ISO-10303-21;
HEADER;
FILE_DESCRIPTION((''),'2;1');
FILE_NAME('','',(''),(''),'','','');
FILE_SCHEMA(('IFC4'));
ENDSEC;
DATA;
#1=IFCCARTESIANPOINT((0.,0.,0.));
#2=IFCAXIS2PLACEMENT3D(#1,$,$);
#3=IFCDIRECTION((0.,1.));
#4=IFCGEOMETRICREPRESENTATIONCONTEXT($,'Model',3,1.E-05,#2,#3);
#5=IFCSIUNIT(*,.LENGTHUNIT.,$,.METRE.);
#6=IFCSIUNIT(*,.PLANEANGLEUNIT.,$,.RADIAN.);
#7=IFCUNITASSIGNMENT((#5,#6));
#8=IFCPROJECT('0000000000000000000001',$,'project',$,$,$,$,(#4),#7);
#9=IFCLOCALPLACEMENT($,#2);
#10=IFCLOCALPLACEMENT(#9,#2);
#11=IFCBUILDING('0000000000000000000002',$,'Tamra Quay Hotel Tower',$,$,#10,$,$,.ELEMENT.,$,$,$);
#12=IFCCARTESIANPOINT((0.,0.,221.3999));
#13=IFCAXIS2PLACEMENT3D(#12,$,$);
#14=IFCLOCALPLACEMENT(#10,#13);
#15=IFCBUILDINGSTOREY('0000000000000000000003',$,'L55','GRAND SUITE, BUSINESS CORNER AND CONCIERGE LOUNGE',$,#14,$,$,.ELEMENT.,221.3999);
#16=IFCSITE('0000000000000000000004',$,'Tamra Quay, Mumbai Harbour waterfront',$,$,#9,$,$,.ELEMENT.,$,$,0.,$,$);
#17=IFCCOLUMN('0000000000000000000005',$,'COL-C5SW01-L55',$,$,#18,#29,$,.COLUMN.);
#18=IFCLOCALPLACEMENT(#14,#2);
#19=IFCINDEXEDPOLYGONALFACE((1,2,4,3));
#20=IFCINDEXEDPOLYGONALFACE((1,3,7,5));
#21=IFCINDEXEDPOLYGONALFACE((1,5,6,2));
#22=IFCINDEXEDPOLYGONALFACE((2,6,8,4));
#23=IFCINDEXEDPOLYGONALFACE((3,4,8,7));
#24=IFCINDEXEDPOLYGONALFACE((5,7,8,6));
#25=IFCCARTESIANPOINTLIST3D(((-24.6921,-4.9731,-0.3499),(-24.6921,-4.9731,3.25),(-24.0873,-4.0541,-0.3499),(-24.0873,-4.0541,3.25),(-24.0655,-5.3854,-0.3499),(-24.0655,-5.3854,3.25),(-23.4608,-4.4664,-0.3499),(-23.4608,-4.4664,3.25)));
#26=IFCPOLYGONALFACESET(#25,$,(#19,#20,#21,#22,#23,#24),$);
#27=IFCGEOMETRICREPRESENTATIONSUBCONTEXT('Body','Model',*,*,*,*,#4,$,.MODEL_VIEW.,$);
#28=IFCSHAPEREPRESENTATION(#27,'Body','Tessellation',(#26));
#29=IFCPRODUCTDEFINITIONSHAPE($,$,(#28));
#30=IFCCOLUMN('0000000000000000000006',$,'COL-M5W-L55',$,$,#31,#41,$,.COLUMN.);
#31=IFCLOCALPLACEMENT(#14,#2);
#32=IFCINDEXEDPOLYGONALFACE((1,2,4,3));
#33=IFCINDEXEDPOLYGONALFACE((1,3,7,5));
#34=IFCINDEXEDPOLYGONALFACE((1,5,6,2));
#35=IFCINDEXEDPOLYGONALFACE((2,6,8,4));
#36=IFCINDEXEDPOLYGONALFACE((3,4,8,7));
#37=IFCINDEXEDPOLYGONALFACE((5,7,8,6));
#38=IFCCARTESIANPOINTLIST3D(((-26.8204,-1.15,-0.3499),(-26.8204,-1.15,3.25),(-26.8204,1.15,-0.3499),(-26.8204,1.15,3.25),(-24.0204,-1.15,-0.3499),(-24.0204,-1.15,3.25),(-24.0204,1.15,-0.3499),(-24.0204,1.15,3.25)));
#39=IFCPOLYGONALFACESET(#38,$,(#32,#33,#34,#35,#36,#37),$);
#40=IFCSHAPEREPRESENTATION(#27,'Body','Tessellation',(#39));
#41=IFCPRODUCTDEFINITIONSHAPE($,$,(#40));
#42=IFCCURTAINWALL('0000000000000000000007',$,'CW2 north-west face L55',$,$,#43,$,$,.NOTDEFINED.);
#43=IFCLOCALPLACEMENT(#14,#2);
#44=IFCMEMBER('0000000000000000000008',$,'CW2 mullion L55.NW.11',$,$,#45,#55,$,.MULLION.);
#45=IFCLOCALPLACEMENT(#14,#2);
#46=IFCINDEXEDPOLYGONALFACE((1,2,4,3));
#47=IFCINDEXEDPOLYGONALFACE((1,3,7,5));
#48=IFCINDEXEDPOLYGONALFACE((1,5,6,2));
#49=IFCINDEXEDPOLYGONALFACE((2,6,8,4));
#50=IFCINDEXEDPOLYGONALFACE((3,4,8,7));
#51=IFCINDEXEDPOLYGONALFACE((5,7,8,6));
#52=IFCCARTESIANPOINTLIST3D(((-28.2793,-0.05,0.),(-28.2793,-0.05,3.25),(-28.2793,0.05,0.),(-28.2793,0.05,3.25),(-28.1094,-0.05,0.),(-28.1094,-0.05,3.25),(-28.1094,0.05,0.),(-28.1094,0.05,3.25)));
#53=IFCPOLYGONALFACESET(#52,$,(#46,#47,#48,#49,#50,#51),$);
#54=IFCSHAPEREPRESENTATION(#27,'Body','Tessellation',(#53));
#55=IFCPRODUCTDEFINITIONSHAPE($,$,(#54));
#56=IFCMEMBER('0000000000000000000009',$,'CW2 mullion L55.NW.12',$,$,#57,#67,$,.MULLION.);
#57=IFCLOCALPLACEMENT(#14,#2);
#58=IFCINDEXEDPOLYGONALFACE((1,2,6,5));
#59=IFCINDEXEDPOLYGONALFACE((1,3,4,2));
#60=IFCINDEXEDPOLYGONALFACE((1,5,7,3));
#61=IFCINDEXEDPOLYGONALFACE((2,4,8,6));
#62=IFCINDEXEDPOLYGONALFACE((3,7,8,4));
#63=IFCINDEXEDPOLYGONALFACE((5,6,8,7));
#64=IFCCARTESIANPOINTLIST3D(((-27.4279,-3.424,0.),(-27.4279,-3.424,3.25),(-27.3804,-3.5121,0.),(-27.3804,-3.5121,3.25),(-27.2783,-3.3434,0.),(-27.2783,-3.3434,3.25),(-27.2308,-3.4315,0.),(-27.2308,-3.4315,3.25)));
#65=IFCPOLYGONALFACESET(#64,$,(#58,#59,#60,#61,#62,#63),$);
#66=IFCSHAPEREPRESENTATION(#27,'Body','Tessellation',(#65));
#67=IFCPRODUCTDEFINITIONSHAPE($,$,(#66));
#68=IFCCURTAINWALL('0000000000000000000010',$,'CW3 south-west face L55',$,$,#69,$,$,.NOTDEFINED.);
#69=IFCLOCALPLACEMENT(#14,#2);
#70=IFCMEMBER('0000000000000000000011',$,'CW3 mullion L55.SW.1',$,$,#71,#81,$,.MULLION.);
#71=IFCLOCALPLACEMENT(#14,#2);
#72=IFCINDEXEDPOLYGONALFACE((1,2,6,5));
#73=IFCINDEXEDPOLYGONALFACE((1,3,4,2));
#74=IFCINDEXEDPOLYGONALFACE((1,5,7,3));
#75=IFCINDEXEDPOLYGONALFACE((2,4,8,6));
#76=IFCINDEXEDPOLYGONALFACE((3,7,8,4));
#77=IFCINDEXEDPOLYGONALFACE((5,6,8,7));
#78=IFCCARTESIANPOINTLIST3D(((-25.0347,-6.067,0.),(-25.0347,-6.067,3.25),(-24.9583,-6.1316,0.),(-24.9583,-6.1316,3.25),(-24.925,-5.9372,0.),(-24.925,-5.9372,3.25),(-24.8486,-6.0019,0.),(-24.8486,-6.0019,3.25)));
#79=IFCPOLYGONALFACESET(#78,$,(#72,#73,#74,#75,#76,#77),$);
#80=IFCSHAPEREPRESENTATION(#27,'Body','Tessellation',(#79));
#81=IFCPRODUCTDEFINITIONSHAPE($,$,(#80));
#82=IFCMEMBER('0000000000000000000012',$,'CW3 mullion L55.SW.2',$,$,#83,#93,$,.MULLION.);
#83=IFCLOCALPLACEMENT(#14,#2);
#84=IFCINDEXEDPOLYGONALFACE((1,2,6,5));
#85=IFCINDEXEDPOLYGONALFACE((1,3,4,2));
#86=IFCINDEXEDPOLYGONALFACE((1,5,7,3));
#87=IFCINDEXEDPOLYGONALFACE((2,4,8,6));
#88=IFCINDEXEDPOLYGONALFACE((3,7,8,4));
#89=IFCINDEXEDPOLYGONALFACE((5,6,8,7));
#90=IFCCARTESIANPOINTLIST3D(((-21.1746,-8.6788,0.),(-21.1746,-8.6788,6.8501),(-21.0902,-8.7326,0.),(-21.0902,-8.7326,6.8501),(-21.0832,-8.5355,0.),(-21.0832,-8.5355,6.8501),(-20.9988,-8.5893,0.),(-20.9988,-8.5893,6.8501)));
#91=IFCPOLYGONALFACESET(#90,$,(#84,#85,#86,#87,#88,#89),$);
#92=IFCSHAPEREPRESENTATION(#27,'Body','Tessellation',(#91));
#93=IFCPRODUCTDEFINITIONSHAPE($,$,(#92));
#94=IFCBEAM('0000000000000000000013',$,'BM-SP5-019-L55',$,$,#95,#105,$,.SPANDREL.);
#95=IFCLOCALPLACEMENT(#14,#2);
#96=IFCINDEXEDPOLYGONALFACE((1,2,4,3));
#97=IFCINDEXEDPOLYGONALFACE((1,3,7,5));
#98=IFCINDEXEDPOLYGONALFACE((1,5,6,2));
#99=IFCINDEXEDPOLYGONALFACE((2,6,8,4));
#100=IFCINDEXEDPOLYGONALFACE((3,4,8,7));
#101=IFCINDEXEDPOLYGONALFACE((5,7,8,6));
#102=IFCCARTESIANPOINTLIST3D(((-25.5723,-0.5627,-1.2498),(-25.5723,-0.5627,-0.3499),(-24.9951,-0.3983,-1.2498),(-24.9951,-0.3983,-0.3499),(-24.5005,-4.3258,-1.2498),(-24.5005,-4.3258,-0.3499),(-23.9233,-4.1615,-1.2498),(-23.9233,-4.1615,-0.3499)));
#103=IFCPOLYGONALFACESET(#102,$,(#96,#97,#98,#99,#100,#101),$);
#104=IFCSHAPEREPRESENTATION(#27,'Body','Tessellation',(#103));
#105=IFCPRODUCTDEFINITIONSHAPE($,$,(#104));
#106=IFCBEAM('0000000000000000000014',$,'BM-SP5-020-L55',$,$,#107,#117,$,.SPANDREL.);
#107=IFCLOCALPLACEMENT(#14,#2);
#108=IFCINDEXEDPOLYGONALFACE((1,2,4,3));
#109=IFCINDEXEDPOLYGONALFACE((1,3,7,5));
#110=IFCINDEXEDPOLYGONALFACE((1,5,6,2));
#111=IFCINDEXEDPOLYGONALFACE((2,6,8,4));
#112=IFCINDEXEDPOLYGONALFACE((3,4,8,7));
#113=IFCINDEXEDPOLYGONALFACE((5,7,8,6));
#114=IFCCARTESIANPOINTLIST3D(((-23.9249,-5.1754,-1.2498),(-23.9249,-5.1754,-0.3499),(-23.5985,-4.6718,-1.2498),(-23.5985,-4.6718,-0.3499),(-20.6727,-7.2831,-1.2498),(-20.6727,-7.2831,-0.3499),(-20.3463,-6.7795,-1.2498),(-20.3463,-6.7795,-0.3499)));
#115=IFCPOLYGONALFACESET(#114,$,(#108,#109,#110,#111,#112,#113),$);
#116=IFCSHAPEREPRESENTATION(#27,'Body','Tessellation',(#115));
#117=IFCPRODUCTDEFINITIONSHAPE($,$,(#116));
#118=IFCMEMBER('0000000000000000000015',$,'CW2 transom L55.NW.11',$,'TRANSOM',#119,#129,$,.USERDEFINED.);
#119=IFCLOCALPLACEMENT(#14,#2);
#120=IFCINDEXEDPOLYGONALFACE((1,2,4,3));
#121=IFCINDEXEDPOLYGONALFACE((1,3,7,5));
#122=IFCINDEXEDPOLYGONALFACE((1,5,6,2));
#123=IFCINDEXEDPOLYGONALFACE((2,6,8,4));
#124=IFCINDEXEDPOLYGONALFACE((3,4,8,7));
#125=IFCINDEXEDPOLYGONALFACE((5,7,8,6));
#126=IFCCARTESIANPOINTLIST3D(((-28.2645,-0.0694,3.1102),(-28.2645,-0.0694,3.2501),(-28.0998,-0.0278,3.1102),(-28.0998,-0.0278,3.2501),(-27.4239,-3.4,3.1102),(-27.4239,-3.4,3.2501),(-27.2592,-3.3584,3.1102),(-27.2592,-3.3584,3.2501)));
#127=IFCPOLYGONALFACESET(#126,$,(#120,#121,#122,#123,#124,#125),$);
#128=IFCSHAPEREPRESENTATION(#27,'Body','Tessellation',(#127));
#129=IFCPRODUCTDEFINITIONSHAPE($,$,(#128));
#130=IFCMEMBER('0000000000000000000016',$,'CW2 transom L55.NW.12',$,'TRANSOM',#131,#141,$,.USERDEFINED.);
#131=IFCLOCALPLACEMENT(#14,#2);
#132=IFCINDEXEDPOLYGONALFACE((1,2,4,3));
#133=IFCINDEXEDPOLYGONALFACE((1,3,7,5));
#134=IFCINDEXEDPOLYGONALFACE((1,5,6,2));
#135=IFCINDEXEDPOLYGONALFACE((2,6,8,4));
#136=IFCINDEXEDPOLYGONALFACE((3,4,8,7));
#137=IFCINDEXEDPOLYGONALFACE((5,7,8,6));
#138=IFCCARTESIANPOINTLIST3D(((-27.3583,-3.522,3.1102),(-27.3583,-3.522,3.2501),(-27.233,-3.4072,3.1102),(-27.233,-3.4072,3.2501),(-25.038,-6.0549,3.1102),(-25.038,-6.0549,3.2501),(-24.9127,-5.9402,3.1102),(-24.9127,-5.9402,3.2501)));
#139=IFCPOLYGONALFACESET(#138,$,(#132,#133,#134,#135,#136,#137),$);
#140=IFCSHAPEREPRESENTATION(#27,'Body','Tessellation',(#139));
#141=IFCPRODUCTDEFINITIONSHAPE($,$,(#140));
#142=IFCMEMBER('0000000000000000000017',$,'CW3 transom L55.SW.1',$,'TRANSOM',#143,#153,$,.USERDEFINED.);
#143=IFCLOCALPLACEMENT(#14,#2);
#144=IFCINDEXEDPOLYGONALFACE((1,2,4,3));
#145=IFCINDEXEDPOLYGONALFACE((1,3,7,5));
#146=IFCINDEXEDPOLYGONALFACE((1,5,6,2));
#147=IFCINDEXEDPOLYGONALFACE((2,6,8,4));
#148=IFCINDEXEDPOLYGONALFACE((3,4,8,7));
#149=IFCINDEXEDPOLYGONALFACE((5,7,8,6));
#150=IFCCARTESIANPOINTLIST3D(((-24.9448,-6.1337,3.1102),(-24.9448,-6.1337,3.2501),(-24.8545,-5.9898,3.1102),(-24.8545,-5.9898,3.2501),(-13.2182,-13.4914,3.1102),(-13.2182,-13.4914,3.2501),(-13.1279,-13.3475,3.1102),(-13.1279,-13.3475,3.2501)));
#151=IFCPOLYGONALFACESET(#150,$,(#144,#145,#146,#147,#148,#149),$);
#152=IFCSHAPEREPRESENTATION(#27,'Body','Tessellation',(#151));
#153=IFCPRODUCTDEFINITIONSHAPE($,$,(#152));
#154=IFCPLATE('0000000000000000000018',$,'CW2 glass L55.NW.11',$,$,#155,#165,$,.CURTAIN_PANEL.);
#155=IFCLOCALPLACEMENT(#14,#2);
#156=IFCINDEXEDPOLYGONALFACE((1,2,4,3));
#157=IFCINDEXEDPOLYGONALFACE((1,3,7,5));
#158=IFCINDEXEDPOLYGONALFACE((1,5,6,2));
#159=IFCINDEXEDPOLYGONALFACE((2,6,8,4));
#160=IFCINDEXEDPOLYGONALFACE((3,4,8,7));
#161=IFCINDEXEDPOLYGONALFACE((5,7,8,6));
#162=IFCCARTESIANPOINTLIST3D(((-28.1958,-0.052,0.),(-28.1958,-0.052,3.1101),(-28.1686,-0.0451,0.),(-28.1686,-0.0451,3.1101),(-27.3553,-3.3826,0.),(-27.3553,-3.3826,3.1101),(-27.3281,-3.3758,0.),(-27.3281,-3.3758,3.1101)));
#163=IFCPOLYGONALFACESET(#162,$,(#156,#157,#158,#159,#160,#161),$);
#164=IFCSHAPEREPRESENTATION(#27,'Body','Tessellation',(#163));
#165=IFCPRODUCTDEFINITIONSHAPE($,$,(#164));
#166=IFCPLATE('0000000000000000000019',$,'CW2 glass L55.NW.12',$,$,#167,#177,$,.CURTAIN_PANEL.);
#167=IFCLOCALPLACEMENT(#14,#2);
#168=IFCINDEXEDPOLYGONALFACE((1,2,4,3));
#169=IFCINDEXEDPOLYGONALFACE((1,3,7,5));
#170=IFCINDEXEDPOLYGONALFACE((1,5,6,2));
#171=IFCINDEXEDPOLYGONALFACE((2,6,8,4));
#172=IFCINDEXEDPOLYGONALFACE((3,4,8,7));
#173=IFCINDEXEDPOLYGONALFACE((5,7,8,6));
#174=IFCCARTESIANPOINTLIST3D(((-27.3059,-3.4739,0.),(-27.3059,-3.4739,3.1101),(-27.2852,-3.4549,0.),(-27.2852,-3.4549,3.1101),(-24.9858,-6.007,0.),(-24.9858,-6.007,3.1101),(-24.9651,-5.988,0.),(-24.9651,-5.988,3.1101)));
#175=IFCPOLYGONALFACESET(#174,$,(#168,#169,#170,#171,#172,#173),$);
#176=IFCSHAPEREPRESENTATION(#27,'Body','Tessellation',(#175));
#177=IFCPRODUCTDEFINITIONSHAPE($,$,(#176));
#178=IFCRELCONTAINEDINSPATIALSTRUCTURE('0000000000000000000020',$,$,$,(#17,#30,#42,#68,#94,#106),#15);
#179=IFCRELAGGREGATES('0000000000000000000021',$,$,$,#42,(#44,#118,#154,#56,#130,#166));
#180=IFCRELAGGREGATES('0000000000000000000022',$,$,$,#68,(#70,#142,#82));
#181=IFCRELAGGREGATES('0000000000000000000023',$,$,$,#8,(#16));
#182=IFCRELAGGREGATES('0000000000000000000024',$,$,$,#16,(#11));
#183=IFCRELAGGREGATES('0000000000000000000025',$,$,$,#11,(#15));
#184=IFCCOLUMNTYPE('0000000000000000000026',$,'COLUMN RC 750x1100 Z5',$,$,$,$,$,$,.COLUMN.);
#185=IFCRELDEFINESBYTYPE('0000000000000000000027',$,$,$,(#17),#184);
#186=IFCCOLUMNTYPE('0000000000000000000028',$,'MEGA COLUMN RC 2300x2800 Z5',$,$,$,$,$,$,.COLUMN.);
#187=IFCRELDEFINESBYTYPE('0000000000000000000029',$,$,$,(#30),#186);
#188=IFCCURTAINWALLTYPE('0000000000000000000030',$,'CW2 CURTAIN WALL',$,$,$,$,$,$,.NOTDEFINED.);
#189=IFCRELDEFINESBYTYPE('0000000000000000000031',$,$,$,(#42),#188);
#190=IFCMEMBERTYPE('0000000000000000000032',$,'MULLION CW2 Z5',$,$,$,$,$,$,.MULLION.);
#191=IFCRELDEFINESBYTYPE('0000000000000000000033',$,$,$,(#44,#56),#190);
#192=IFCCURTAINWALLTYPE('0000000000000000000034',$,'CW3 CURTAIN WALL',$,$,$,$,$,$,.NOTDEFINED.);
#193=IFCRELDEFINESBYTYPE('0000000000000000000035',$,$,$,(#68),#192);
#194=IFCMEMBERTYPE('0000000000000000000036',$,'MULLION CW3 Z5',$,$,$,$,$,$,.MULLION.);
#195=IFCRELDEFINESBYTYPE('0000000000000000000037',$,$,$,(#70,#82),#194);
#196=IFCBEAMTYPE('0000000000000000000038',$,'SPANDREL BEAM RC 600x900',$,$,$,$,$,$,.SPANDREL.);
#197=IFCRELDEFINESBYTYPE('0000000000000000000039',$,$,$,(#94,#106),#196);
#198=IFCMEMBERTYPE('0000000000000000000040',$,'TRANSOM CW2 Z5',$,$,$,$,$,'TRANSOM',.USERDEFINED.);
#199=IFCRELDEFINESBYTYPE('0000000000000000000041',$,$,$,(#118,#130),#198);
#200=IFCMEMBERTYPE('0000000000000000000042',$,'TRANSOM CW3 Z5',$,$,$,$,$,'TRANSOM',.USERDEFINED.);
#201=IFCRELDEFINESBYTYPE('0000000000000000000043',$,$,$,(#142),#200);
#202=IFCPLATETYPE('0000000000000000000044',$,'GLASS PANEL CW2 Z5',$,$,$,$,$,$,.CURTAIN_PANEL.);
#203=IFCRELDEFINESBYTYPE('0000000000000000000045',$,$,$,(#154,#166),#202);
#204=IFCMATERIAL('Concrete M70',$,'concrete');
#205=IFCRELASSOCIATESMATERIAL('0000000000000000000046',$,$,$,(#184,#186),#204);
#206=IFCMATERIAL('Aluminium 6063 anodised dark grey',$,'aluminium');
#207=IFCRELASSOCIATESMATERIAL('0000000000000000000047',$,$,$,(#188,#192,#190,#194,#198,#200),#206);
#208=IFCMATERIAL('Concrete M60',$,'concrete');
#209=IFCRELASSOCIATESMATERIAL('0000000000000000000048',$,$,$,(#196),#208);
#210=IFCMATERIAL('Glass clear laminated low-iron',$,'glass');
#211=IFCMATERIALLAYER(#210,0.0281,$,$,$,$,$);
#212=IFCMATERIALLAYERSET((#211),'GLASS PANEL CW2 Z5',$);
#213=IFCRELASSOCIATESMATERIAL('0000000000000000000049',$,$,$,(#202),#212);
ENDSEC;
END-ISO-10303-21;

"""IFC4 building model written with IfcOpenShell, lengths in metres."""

from ifc_helpers import new_model, si_unit, direction, frame, origin, origin_2d, place, context, subcontext, project, spatial, rectangle, extrude, material, layer, layer_set, material_profile, profile_set, type_object, element, aggregate, save


model = new_model("IFC4")

# Units and contexts
model_context = context("Model", 3, precision=1e-05, world=origin(), true_north=direction((0.0, 1.0)))
body_context = subcontext(model_context, "Body", "Model", "MODEL_VIEW")
ifc_project = project(units=[si_unit("LENGTHUNIT", "METRE"), si_unit("PLANEANGLEUNIT", "RADIAN")], contexts=[model_context])

# Site, building, storey
site_placement = place(None, origin())
site = spatial("IfcSite", under=ifc_project, at=site_placement, Name="Tamra Quay, Mumbai Harbour waterfront", CompositionType="ELEMENT", RefElevation=0.0)
building_placement = place(site_placement, origin())
building = spatial("IfcBuilding", under=site, at=building_placement, Name="Tamra Quay Hotel Tower", CompositionType="ELEMENT")
storey_placement = place(building_placement, frame((0.0, 0.0, 221.3999)))
storey = spatial("IfcBuildingStorey", under=building, at=storey_placement, Name="L55", Description="GRAND SUITE, BUSINESS CORNER AND CONCIERGE LOUNGE", CompositionType="ELEMENT", Elevation=221.3999)

# Columns
ifc_material_1 = material(Name="Concrete M70", Category="concrete")
ifc_material_profile_1 = material_profile(ifc_material_1, rectangle(XDim=1.1001, YDim=0.75, at=origin_2d()), Name="COLUMN RC 750x1100 Z5")
ifc_profile_set_1 = profile_set([ifc_material_profile_1], Name="Concrete M70")
column_type_1 = type_object("IfcColumnType", Name="COLUMN RC 750x1100 Z5", PredefinedType="COLUMN", material=ifc_profile_set_1)
column_1_placement = place(storey_placement, frame((-24.0764, -4.7197, -0.3499), z_axis=(0.0, 0.0, 1.0), x_axis=(0.549739, 0.835337, 0.0)))
element("IfcColumn", 1, at=column_1_placement, inside=storey, type_object=column_type_1, Name="COL-C5SW01-L55", PredefinedType="COLUMN", context=body_context, shape_type="SweptSolid", body=[
    extrude(rectangle(XDim=1.1001, YDim=0.75, at=origin_2d()), origin(), (0.0, 0.0, 1.0), 3.5999),
])
ifc_material_profile_2 = material_profile(ifc_material_1, rectangle(XDim=2.8, YDim=2.3, at=origin_2d()), Name="MEGA COLUMN RC 2300x2800 Z5")
ifc_profile_set_2 = profile_set([ifc_material_profile_2], Name="Concrete M70")
column_type_2 = type_object("IfcColumnType", Name="MEGA COLUMN RC 2300x2800 Z5", PredefinedType="COLUMN", material=ifc_profile_set_2)
column_2_placement = place(storey_placement, frame((-25.4204, 0.0, -0.3499), z_axis=(0.0, 0.0, 1.0), x_axis=(1.0, 0.0, 0.0)))
element("IfcColumn", 2, at=column_2_placement, inside=storey, type_object=column_type_2, Name="COL-M5W-L55", PredefinedType="COLUMN", context=body_context, shape_type="SweptSolid", body=[
    extrude(rectangle(XDim=2.8, YDim=2.3, at=origin_2d()), origin(), (0.0, 0.0, 1.0), 3.5999),
])

# Curtain walls, members
ifc_material_2 = material(Name="Aluminium 6063 anodised dark grey", Category="aluminium")
curtain_wall_type_1 = type_object("IfcCurtainWallType", Name="CW2 CURTAIN WALL", PredefinedType="NOTDEFINED", material=ifc_material_2)
curtain_wall_1_placement = place(storey_placement, origin())
curtain_wall_1 = element("IfcCurtainWall", 3, at=curtain_wall_1_placement, inside=storey, type_object=curtain_wall_type_1, Name="CW2 north-west face L55", PredefinedType="NOTDEFINED")
ifc_material_profile_3 = material_profile(ifc_material_2, rectangle(XDim=0.1699, YDim=0.1001, at=origin_2d()), Name="MULLION 100X170")
ifc_profile_set_3 = profile_set([ifc_material_profile_3], Name="Aluminium 6063 anodised dark grey")
member_type_1 = type_object("IfcMemberType", Name="MULLION CW2 Z5", PredefinedType="MULLION", material=ifc_profile_set_3)
member_1_placement = place(storey_placement, frame((-28.1943, 0.0, 0.0), z_axis=(0.0, 0.0, 1.0), x_axis=(-1.0, 0.0, 0.0)))
member_1 = element("IfcMember", 4, at=member_1_placement, type_object=member_type_1, Name="CW2 mullion L55.NW.11", PredefinedType="MULLION", context=body_context, shape_type="SweptSolid", body=[
    extrude(rectangle(XDim=0.1699, YDim=0.1001, at=origin_2d()), origin(), (0.0, 0.0, 1.0), 3.25),
])
member_2_placement = place(storey_placement, frame((-27.3293, -3.4277, 0.0), z_axis=(0.0, 0.0, 1.0), x_axis=(-0.880267, -0.474479, 0.0)))
member_2 = element("IfcMember", 5, at=member_2_placement, type_object=member_type_1, Name="CW2 mullion L55.NW.12", PredefinedType="MULLION", context=body_context, shape_type="SweptSolid", body=[
    extrude(rectangle(XDim=0.1699, YDim=0.1001, at=origin_2d()), origin(), (0.0, 0.0, 1.0), 3.25),
])
curtain_wall_type_2 = type_object("IfcCurtainWallType", Name="CW3 CURTAIN WALL", PredefinedType="NOTDEFINED", material=ifc_material_2)
curtain_wall_2_placement = place(storey_placement, origin())
curtain_wall_2 = element("IfcCurtainWall", 6, at=curtain_wall_2_placement, inside=storey, type_object=curtain_wall_type_2, Name="CW3 south-west face L55", PredefinedType="NOTDEFINED")
ifc_material_profile_4 = material_profile(ifc_material_2, rectangle(XDim=0.1699, YDim=0.1001, at=origin_2d()), Name="MULLION 100X170")
ifc_profile_set_4 = profile_set([ifc_material_profile_4], Name="Aluminium 6063 anodised dark grey")
member_type_2 = type_object("IfcMemberType", Name="MULLION CW3 Z5", PredefinedType="MULLION", material=ifc_profile_set_4)
member_3_placement = place(storey_placement, frame((-24.9417, -6.0344, 0.0), z_axis=(0.0, 0.0, 1.0), x_axis=(-0.645846, -0.763467, 0.0)))
member_3 = element("IfcMember", 7, at=member_3_placement, type_object=member_type_2, Name="CW3 mullion L55.SW.1", PredefinedType="MULLION", context=body_context, shape_type="SweptSolid", body=[
    extrude(rectangle(XDim=0.1699, YDim=0.1001, at=origin_2d()), origin(), (0.0, 0.0, 1.0), 3.25),
])
member_4_placement = place(storey_placement, frame((-21.0867, -8.634, 0.0), z_axis=(0.0, 0.0, 1.0), x_axis=(-0.537684, -0.843146, 0.0)))
member_4 = element("IfcMember", 8, at=member_4_placement, type_object=member_type_2, Name="CW3 mullion L55.SW.2", PredefinedType="MULLION", context=body_context, shape_type="SweptSolid", body=[
    extrude(rectangle(XDim=0.1699, YDim=0.1001, at=origin_2d()), origin(), (0.0, 0.0, 1.0), 6.8501),
])

# Beams
ifc_material_3 = material(Name="Concrete M60", Category="concrete")
ifc_material_profile_5 = material_profile(ifc_material_3, rectangle(XDim=0.6001, YDim=0.8999, at=origin_2d()), Name="SPANDREL BEAM RC 600x900")
ifc_profile_set_5 = profile_set([ifc_material_profile_5], Name="Concrete M60")
beam_type = type_object("IfcBeamType", Name="SPANDREL BEAM RC 600x900", PredefinedType="SPANDREL", material=ifc_profile_set_5)
beam_1_placement = place(storey_placement, frame((-25.2837, -0.4805, -0.7998), z_axis=(0.273913, -0.961754, 0.0), x_axis=(0.961754, 0.273913, 0.0)))
element("IfcBeam", 9, at=beam_1_placement, inside=storey, type_object=beam_type, Name="BM-SP5-019-L55", PredefinedType="SPANDREL", context=body_context, shape_type="SweptSolid", body=[
    extrude(rectangle(XDim=0.6001, YDim=0.8999, at=origin_2d()), origin(), (0.0, 0.0, 1.0), 3.9128),
])
beam_2_placement = place(storey_placement, frame((-23.7617, -4.9236, -0.7998), z_axis=(0.839181, -0.543852, 0.0), x_axis=(0.543852, 0.839181, 0.0)))
element("IfcBeam", 10, at=beam_2_placement, inside=storey, type_object=beam_type, Name="BM-SP5-020-L55", PredefinedType="SPANDREL", context=body_context, shape_type="SweptSolid", body=[
    extrude(rectangle(XDim=0.6001, YDim=0.8999, at=origin_2d()), origin(), (0.0, 0.0, 1.0), 3.8755),
])

# Members
ifc_material_profile_6 = material_profile(ifc_material_2, rectangle(XDim=0.1699, YDim=0.1399, at=origin_2d()), Name="TRANSOM 170X140")
ifc_profile_set_6 = profile_set([ifc_material_profile_6], Name="Aluminium 6063 anodised dark grey")
member_type_3 = type_object("IfcMemberType", Name="TRANSOM CW2 Z5", ElementType="TRANSOM", PredefinedType="USERDEFINED", material=ifc_profile_set_6)
member_5_placement = place(storey_placement, frame((-28.1821, -0.0486, 3.1802), z_axis=(0.244709, -0.969597, 0.0), x_axis=(0.969597, 0.244709, 0.0)))
member_5 = element("IfcMember", 11, at=member_5_placement, type_object=member_type_3, Name="CW2 transom L55.NW.11", ObjectType="TRANSOM", PredefinedType="USERDEFINED", context=body_context, shape_type="SweptSolid", body=[
    extrude(rectangle(XDim=0.1699, YDim=0.1399, at=origin_2d()), origin(), (0.0, 0.0, 1.0), 3.4351),
])
member_6_placement = place(storey_placement, frame((-27.2957, -3.4646, 3.1802), z_axis=(0.675477, -0.737381, 0.0), x_axis=(0.737381, 0.675477, 0.0)))
member_6 = element("IfcMember", 12, at=member_6_placement, type_object=member_type_3, Name="CW2 transom L55.NW.12", ObjectType="TRANSOM", PredefinedType="USERDEFINED", context=body_context, shape_type="SweptSolid", body=[
    extrude(rectangle(XDim=0.1699, YDim=0.1399, at=origin_2d()), origin(), (0.0, 0.0, 1.0), 3.4351),
])
ifc_material_profile_7 = material_profile(ifc_material_2, rectangle(XDim=0.1699, YDim=0.1399, at=origin_2d()), Name="TRANSOM 170X140")
ifc_profile_set_7 = profile_set([ifc_material_profile_7], Name="Aluminium 6063 anodised dark grey")
member_type_4 = type_object("IfcMemberType", Name="TRANSOM CW3 Z5", ElementType="TRANSOM", PredefinedType="USERDEFINED", material=ifc_profile_set_7)
member_7_placement = place(storey_placement, frame((-24.8997, -6.0618, 3.1802), z_axis=(0.84707, -0.531482, 0.0), x_axis=(0.531482, 0.84707, 0.0)))
member_7 = element("IfcMember", 13, at=member_7_placement, type_object=member_type_4, Name="CW3 transom L55.SW.1", ObjectType="TRANSOM", PredefinedType="USERDEFINED", context=body_context, shape_type="SweptSolid", body=[
    extrude(rectangle(XDim=0.1699, YDim=0.1399, at=origin_2d()), origin(), (0.0, 0.0, 1.0), 13.8438),
])

# Plates
ifc_material_4 = material(Name="Glass clear laminated low-iron", Category="glass")
ifc_layer_1 = layer(ifc_material_4, 0.0281)
ifc_layer_set_1 = layer_set([ifc_layer_1], Name="GLASS PANEL CW2 Z5")
plate_type_1 = type_object("IfcPlateType", Name="GLASS PANEL CW2 Z5", PredefinedType="CURTAIN_PANEL", material=ifc_layer_set_1)
plate_1_placement = place(storey_placement, frame((-27.762, -1.7139, 0.0), z_axis=(0.0, 0.0, 1.0), x_axis=(0.244677, -0.969605, 0.0)))
plate_1 = element("IfcPlate", 14, at=plate_1_placement, type_object=plate_type_1, Name="CW2 glass L55.NW.11", PredefinedType="CURTAIN_PANEL", context=body_context, shape_type="SweptSolid", body=[
    extrude(rectangle(XDim=3.4351, YDim=0.0281, at=origin_2d()), origin(), (0.0, 0.0, 1.0), 3.1101),
])
plate_2_placement = place(storey_placement, frame((-26.1355, -4.731, 0.0), z_axis=(0.0, 0.0, 1.0), x_axis=(0.675438, -0.737417, 0.0)))
plate_2 = element("IfcPlate", 15, at=plate_2_placement, type_object=plate_type_1, Name="CW2 glass L55.NW.12", PredefinedType="CURTAIN_PANEL", context=body_context, shape_type="SweptSolid", body=[
    extrude(rectangle(XDim=3.4351, YDim=0.0281, at=origin_2d()), origin(), (0.0, 0.0, 1.0), 3.1101),
])
aggregate(curtain_wall_1, [member_1, member_5, plate_1, member_2, member_6, plate_2])
aggregate(curtain_wall_2, [member_3, member_7, member_4])

save(model, "model.ifc")
